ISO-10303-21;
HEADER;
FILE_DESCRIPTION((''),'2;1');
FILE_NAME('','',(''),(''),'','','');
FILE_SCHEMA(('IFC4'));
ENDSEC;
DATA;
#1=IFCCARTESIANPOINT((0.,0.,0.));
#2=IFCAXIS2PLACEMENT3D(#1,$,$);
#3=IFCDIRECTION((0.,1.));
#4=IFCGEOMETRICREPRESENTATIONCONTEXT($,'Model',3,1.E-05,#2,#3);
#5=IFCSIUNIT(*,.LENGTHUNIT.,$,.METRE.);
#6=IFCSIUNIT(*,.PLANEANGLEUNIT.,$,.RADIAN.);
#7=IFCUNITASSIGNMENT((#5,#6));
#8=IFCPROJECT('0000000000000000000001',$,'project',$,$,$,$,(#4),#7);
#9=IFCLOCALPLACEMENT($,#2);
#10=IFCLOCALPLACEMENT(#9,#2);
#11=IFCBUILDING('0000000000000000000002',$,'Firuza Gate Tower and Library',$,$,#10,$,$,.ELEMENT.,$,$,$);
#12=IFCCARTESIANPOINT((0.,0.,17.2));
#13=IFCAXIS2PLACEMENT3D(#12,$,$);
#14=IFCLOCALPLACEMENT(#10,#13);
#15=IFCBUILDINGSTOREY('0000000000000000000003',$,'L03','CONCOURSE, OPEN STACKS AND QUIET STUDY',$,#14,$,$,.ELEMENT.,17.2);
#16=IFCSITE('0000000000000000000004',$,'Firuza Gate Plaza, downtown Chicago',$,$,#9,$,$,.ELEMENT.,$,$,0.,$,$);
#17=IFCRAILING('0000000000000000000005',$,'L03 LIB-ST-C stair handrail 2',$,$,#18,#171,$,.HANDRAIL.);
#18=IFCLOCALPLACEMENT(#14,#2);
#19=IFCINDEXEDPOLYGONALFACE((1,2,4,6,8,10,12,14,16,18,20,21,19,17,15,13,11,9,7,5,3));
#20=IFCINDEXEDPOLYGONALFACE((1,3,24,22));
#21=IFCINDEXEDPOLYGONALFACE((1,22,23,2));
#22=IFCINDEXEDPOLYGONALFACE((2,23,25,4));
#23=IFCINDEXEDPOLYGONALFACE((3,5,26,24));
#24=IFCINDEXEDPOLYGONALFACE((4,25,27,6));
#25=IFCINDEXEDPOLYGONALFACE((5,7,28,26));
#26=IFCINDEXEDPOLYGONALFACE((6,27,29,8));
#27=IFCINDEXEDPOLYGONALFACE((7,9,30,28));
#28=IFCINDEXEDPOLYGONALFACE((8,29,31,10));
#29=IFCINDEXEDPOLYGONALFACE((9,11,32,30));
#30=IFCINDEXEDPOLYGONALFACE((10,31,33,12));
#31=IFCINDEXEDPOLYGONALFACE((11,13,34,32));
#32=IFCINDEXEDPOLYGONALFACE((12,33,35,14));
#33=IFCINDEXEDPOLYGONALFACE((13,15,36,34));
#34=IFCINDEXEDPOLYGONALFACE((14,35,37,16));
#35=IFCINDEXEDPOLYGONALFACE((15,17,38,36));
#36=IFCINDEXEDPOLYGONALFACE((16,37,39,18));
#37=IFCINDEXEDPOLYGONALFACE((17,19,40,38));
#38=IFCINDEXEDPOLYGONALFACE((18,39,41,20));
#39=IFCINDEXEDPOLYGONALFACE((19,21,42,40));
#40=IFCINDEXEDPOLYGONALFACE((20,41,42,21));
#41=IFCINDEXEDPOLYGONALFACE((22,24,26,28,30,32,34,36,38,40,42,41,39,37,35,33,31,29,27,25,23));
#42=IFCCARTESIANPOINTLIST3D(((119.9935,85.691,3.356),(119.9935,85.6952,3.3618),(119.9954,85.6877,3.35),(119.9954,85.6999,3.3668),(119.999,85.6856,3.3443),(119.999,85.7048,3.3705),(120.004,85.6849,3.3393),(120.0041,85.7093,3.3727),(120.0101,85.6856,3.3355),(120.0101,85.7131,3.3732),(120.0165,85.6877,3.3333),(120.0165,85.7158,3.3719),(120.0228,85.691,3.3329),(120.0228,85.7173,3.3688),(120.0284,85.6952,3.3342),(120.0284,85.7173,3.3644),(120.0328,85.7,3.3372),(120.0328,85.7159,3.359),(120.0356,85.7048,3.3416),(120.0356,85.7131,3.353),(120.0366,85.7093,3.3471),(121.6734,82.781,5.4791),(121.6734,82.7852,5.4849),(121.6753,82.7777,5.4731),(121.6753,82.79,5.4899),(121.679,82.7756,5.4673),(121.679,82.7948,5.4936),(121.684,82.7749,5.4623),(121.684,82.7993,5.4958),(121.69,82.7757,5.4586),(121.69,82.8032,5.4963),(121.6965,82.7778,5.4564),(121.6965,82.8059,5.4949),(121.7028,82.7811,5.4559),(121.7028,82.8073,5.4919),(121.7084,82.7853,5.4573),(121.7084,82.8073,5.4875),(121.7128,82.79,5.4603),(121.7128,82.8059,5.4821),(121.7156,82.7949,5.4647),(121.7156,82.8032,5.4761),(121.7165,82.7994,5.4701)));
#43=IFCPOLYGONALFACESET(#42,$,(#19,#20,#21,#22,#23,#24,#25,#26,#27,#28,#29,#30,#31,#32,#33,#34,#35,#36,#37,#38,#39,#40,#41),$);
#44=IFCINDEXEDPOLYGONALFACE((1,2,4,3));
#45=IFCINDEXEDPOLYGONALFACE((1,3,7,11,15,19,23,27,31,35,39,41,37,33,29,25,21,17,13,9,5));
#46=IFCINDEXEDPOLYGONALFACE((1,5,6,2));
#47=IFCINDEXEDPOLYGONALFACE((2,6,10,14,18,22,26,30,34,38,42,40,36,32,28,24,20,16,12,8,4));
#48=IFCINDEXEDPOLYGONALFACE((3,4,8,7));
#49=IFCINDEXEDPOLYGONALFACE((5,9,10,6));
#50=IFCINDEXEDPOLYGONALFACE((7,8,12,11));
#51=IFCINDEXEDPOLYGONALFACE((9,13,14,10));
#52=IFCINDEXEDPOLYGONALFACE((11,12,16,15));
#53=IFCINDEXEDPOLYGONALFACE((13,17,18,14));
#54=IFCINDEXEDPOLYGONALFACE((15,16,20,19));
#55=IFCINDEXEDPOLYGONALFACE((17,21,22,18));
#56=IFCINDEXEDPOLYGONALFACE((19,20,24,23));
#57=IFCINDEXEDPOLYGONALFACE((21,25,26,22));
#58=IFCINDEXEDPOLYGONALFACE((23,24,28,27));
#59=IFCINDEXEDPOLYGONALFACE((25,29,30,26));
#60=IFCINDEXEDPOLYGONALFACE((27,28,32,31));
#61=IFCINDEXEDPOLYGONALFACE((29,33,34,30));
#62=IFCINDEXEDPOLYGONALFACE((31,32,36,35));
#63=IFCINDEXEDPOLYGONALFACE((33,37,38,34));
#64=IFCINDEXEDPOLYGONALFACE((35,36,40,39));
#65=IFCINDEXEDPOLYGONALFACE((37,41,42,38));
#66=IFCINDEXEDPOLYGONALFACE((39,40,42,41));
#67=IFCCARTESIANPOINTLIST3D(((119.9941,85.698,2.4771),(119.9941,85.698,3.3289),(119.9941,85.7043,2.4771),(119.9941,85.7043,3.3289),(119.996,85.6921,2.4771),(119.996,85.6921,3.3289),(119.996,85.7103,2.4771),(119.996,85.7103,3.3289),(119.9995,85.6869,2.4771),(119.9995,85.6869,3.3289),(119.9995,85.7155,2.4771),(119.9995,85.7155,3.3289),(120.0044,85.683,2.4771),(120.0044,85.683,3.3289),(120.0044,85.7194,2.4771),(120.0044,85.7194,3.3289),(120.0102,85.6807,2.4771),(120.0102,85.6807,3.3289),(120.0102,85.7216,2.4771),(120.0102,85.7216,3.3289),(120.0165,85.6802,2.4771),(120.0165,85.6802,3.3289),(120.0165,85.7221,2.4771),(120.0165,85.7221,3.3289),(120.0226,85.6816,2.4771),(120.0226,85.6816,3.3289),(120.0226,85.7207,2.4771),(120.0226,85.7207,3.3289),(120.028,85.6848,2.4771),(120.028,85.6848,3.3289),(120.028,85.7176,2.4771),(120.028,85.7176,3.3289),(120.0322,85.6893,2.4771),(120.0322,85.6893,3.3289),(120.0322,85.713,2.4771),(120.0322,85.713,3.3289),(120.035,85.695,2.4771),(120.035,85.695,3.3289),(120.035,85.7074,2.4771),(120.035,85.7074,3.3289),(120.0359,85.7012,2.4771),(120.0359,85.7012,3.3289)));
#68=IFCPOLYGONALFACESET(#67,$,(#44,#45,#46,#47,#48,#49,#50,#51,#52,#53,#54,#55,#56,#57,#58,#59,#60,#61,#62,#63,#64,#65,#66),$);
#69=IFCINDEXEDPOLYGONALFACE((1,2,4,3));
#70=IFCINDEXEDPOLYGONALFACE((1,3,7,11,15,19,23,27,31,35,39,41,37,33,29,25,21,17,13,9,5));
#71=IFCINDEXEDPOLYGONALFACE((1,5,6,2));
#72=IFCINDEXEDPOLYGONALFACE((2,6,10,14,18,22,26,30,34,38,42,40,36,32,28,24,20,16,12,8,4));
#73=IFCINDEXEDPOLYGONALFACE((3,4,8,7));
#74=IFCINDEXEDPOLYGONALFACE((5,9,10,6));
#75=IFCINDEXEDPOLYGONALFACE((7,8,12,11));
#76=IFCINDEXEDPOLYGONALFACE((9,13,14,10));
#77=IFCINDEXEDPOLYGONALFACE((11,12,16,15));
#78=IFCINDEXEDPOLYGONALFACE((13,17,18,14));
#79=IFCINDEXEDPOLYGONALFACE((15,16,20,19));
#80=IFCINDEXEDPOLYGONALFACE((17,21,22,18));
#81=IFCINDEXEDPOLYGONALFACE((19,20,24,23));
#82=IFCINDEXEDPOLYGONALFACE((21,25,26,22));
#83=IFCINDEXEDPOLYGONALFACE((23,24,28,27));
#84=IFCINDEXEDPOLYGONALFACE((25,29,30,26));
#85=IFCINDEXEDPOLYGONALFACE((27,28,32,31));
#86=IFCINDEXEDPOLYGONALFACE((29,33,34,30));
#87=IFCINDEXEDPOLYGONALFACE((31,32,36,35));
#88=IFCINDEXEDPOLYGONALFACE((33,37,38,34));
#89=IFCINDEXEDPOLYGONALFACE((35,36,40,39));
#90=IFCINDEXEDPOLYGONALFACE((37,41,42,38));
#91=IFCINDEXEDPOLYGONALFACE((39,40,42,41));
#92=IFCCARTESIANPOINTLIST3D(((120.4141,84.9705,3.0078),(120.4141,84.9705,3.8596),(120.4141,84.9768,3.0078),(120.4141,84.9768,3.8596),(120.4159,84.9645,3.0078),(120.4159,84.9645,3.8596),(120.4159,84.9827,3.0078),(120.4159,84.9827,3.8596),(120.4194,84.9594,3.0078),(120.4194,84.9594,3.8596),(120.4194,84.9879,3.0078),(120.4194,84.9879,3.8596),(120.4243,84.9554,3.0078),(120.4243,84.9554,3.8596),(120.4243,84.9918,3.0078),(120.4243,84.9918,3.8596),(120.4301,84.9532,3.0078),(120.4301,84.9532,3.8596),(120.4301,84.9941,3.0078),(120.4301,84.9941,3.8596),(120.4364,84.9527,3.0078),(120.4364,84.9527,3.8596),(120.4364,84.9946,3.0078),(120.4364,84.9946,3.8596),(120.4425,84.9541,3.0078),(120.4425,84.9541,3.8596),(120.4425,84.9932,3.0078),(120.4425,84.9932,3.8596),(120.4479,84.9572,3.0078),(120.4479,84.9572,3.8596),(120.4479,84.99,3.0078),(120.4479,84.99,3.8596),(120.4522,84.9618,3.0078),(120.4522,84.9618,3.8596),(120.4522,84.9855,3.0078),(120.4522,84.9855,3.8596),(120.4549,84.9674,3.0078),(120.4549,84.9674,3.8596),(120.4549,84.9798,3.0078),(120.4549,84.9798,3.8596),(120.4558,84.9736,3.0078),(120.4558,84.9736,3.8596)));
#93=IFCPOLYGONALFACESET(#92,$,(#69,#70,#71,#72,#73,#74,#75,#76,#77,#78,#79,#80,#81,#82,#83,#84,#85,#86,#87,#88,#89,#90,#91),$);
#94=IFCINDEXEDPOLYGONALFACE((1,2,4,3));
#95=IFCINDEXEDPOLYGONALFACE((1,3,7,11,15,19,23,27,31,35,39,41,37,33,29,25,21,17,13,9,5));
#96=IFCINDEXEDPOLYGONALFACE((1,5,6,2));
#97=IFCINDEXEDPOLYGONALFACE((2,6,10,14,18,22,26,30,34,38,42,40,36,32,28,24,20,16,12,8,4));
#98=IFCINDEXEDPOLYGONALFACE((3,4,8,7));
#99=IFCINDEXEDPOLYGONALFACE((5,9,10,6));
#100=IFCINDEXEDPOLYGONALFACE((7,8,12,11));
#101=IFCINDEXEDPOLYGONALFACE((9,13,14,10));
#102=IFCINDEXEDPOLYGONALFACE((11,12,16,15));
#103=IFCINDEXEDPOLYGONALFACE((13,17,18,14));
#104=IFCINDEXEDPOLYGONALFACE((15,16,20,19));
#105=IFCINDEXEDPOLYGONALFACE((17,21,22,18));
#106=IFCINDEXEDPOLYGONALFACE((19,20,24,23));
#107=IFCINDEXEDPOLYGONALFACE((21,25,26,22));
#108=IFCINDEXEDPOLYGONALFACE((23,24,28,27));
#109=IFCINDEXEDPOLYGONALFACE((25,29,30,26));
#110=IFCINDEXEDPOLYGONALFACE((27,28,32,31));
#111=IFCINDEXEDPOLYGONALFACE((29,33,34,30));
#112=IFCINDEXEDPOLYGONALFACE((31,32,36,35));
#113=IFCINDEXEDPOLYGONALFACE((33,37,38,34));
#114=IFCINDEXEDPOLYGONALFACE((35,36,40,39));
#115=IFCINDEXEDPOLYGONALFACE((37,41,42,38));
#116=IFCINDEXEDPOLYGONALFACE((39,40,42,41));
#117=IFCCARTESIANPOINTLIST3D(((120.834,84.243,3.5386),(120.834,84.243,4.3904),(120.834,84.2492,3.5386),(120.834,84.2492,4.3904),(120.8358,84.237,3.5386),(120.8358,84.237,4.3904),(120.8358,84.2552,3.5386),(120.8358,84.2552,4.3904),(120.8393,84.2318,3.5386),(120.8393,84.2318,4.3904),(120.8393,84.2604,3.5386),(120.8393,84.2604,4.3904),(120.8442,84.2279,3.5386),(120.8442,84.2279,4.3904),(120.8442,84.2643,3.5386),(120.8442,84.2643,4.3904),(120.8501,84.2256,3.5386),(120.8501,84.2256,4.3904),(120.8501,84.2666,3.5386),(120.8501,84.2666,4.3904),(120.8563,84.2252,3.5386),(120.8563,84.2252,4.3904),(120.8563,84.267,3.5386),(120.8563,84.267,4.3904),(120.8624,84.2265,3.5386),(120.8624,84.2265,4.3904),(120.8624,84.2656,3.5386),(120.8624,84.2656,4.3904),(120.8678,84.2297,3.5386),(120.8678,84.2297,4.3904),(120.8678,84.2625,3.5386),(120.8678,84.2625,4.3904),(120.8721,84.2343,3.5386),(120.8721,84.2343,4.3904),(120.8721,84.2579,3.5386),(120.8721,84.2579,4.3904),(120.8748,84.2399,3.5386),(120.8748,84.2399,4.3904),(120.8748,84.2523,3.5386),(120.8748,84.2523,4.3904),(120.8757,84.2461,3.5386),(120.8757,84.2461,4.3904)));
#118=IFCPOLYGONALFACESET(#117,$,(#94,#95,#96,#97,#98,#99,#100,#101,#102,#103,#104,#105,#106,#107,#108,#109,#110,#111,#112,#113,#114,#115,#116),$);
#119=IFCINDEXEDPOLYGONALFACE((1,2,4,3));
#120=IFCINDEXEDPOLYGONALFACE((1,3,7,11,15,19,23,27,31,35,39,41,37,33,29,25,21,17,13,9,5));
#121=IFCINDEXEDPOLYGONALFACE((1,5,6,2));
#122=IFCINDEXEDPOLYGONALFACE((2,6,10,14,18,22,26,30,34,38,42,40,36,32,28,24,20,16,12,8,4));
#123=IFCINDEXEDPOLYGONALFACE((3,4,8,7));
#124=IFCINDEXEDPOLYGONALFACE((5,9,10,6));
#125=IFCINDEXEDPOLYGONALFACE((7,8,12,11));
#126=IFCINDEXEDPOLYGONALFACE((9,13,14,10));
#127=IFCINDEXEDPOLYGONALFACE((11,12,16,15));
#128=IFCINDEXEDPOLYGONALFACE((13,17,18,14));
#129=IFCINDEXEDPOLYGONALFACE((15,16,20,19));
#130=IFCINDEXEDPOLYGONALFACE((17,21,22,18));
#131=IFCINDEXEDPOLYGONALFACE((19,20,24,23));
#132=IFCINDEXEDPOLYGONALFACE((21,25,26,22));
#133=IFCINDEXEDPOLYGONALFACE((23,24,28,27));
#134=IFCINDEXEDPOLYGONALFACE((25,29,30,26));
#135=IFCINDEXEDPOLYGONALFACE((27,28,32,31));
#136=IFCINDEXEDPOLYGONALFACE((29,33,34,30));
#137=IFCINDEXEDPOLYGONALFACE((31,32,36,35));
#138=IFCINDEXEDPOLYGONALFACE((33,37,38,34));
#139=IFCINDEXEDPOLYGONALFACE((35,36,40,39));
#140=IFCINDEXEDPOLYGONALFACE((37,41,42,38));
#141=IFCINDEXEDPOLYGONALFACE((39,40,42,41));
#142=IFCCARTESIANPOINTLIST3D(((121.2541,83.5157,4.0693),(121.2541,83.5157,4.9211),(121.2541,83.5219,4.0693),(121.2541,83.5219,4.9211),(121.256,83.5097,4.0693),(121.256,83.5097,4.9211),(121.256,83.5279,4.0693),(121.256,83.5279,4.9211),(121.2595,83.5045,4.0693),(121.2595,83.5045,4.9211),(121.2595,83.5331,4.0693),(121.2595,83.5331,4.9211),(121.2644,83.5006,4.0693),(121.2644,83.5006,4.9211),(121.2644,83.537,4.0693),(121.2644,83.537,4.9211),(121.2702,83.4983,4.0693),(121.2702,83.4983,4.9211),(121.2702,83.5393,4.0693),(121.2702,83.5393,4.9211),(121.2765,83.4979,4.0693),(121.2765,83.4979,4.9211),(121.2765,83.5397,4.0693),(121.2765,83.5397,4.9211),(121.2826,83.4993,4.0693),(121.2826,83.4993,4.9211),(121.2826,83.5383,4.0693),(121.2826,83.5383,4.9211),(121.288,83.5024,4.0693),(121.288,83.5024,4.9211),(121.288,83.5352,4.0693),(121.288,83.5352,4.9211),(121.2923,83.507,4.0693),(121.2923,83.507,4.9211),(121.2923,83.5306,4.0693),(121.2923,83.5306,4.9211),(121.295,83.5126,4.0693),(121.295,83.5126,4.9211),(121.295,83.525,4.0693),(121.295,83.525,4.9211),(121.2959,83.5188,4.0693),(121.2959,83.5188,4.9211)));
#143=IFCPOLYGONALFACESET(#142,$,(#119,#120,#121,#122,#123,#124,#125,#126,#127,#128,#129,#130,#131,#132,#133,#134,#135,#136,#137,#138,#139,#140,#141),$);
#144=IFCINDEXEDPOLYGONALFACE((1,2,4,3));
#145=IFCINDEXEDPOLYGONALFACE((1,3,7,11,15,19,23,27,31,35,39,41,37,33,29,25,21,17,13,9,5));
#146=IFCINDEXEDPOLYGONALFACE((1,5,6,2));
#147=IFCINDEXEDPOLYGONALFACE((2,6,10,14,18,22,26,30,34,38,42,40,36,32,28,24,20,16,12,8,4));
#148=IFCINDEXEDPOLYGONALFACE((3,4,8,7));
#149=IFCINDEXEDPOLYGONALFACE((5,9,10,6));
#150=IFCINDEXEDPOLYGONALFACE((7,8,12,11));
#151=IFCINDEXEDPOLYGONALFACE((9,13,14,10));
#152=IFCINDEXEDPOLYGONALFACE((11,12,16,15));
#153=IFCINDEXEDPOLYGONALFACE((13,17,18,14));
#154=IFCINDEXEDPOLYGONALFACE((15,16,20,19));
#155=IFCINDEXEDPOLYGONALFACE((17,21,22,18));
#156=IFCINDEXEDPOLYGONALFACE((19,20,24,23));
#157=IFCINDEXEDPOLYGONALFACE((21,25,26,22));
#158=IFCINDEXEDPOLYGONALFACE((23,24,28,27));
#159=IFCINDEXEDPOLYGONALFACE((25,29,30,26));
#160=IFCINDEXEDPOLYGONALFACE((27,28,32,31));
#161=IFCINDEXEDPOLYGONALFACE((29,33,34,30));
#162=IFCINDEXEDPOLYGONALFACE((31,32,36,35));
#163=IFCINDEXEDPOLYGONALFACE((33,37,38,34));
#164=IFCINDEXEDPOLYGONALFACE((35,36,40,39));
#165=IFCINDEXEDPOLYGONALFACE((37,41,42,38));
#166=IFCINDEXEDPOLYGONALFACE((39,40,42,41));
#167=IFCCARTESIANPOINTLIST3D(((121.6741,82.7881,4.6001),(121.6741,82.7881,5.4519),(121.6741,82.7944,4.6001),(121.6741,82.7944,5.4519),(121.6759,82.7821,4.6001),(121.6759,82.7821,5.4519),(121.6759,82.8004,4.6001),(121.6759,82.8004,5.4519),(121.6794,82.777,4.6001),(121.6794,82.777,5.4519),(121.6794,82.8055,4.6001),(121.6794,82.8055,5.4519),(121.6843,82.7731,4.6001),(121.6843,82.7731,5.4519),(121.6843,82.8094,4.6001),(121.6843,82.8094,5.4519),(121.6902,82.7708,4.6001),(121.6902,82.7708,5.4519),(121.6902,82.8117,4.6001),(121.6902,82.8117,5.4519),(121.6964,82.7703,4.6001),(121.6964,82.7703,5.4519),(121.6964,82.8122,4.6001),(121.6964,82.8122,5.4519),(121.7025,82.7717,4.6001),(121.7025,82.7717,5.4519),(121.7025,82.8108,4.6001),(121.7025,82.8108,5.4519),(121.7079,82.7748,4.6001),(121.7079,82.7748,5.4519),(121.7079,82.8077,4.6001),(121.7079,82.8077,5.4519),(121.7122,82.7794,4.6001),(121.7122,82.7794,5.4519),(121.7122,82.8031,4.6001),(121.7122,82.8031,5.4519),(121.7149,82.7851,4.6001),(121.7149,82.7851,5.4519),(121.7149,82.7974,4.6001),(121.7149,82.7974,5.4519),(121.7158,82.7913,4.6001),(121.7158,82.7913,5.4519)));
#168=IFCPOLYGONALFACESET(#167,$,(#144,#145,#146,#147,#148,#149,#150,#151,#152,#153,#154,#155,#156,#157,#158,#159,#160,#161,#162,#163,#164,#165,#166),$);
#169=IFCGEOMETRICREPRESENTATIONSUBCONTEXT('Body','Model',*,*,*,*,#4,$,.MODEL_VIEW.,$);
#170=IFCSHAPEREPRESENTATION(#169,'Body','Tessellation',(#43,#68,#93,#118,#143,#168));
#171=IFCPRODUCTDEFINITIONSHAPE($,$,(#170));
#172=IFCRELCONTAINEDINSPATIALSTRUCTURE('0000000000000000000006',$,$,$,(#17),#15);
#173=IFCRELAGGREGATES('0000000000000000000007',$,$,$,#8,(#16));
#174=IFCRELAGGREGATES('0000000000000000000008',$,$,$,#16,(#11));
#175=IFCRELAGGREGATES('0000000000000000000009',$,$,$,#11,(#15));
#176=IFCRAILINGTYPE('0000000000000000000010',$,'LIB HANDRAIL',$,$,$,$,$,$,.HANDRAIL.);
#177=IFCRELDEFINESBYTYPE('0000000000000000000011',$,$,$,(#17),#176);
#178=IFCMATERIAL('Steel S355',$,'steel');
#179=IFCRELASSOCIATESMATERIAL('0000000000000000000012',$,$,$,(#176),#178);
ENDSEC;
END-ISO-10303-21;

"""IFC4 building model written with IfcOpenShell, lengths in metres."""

from ifc_helpers import new_model, si_unit, direction, frame, origin, origin_2d, place, context, subcontext, project, spatial, circle, extrude, material, type_object, element, save


model = new_model("IFC4")

# Units and contexts
model_context = context("Model", 3, precision=1e-05, world=origin(), true_north=direction((0.0, 1.0)))
body_context = subcontext(model_context, "Body", "Model", "MODEL_VIEW")
ifc_project = project(units=[si_unit("LENGTHUNIT", "METRE"), si_unit("PLANEANGLEUNIT", "RADIAN")], contexts=[model_context])

# Site, building, storey
site_placement = place(None, origin())
site = spatial("IfcSite", under=ifc_project, at=site_placement, Name="Firuza Gate Plaza, downtown Chicago", CompositionType="ELEMENT", RefElevation=0.0)
building_placement = place(site_placement, origin())
building = spatial("IfcBuilding", under=site, at=building_placement, Name="Firuza Gate Tower and Library", CompositionType="ELEMENT")
storey_placement = place(building_placement, frame((0.0, 0.0, 17.2)))
storey = spatial("IfcBuildingStorey", under=building, at=storey_placement, Name="L03", Description="CONCOURSE, OPEN STACKS AND QUIET STUDY", CompositionType="ELEMENT", Elevation=17.2)

# Railing
ifc_material_1 = material(Name="Steel S355", Category="steel")
railing_type_1 = type_object("IfcRailingType", Name="LIB HANDRAIL", PredefinedType="HANDRAIL", material=ifc_material_1)
railing_1_placement = place(storey_placement, frame((120.0149, 85.7012, 2.4771)))
element("IfcRailing", 1, at=railing_1_placement, inside=storey, type_object=railing_type_1, Name="L03 LIB-ST-C stair handrail 2", PredefinedType="HANDRAIL", context=body_context, shape_type="SweptSolid", body=[
    extrude(circle(Radius=0.0239, at=origin_2d()), frame((0.0, 0.0, 0.876), z_axis=(0.422672, -0.732135, 0.53416), x_axis=(0.866039, 0.499976, 0.0)), (0.0, 0.0, 1.0), 3.9746),
    extrude(circle(Radius=0.021, at=origin_2d()), origin(), (0.0, 0.0, 1.0), 0.8518),
    extrude(circle(Radius=0.021, at=origin_2d()), frame((0.4199, -0.7275, 0.5308)), (0.0, 0.0, 1.0), 0.8518),
    extrude(circle(Radius=0.021, at=origin_2d()), frame((0.8398, -1.4551, 1.0615)), (0.0, 0.0, 1.0), 0.8518),
    extrude(circle(Radius=0.021, at=origin_2d()), frame((1.26, -2.1824, 1.5923)), (0.0, 0.0, 1.0), 0.8518),
    extrude(circle(Radius=0.021, at=origin_2d()), frame((1.6799, -2.9099, 2.123)), (0.0, 0.0, 1.0), 0.8518),
])

save(model, "model.ifc")
